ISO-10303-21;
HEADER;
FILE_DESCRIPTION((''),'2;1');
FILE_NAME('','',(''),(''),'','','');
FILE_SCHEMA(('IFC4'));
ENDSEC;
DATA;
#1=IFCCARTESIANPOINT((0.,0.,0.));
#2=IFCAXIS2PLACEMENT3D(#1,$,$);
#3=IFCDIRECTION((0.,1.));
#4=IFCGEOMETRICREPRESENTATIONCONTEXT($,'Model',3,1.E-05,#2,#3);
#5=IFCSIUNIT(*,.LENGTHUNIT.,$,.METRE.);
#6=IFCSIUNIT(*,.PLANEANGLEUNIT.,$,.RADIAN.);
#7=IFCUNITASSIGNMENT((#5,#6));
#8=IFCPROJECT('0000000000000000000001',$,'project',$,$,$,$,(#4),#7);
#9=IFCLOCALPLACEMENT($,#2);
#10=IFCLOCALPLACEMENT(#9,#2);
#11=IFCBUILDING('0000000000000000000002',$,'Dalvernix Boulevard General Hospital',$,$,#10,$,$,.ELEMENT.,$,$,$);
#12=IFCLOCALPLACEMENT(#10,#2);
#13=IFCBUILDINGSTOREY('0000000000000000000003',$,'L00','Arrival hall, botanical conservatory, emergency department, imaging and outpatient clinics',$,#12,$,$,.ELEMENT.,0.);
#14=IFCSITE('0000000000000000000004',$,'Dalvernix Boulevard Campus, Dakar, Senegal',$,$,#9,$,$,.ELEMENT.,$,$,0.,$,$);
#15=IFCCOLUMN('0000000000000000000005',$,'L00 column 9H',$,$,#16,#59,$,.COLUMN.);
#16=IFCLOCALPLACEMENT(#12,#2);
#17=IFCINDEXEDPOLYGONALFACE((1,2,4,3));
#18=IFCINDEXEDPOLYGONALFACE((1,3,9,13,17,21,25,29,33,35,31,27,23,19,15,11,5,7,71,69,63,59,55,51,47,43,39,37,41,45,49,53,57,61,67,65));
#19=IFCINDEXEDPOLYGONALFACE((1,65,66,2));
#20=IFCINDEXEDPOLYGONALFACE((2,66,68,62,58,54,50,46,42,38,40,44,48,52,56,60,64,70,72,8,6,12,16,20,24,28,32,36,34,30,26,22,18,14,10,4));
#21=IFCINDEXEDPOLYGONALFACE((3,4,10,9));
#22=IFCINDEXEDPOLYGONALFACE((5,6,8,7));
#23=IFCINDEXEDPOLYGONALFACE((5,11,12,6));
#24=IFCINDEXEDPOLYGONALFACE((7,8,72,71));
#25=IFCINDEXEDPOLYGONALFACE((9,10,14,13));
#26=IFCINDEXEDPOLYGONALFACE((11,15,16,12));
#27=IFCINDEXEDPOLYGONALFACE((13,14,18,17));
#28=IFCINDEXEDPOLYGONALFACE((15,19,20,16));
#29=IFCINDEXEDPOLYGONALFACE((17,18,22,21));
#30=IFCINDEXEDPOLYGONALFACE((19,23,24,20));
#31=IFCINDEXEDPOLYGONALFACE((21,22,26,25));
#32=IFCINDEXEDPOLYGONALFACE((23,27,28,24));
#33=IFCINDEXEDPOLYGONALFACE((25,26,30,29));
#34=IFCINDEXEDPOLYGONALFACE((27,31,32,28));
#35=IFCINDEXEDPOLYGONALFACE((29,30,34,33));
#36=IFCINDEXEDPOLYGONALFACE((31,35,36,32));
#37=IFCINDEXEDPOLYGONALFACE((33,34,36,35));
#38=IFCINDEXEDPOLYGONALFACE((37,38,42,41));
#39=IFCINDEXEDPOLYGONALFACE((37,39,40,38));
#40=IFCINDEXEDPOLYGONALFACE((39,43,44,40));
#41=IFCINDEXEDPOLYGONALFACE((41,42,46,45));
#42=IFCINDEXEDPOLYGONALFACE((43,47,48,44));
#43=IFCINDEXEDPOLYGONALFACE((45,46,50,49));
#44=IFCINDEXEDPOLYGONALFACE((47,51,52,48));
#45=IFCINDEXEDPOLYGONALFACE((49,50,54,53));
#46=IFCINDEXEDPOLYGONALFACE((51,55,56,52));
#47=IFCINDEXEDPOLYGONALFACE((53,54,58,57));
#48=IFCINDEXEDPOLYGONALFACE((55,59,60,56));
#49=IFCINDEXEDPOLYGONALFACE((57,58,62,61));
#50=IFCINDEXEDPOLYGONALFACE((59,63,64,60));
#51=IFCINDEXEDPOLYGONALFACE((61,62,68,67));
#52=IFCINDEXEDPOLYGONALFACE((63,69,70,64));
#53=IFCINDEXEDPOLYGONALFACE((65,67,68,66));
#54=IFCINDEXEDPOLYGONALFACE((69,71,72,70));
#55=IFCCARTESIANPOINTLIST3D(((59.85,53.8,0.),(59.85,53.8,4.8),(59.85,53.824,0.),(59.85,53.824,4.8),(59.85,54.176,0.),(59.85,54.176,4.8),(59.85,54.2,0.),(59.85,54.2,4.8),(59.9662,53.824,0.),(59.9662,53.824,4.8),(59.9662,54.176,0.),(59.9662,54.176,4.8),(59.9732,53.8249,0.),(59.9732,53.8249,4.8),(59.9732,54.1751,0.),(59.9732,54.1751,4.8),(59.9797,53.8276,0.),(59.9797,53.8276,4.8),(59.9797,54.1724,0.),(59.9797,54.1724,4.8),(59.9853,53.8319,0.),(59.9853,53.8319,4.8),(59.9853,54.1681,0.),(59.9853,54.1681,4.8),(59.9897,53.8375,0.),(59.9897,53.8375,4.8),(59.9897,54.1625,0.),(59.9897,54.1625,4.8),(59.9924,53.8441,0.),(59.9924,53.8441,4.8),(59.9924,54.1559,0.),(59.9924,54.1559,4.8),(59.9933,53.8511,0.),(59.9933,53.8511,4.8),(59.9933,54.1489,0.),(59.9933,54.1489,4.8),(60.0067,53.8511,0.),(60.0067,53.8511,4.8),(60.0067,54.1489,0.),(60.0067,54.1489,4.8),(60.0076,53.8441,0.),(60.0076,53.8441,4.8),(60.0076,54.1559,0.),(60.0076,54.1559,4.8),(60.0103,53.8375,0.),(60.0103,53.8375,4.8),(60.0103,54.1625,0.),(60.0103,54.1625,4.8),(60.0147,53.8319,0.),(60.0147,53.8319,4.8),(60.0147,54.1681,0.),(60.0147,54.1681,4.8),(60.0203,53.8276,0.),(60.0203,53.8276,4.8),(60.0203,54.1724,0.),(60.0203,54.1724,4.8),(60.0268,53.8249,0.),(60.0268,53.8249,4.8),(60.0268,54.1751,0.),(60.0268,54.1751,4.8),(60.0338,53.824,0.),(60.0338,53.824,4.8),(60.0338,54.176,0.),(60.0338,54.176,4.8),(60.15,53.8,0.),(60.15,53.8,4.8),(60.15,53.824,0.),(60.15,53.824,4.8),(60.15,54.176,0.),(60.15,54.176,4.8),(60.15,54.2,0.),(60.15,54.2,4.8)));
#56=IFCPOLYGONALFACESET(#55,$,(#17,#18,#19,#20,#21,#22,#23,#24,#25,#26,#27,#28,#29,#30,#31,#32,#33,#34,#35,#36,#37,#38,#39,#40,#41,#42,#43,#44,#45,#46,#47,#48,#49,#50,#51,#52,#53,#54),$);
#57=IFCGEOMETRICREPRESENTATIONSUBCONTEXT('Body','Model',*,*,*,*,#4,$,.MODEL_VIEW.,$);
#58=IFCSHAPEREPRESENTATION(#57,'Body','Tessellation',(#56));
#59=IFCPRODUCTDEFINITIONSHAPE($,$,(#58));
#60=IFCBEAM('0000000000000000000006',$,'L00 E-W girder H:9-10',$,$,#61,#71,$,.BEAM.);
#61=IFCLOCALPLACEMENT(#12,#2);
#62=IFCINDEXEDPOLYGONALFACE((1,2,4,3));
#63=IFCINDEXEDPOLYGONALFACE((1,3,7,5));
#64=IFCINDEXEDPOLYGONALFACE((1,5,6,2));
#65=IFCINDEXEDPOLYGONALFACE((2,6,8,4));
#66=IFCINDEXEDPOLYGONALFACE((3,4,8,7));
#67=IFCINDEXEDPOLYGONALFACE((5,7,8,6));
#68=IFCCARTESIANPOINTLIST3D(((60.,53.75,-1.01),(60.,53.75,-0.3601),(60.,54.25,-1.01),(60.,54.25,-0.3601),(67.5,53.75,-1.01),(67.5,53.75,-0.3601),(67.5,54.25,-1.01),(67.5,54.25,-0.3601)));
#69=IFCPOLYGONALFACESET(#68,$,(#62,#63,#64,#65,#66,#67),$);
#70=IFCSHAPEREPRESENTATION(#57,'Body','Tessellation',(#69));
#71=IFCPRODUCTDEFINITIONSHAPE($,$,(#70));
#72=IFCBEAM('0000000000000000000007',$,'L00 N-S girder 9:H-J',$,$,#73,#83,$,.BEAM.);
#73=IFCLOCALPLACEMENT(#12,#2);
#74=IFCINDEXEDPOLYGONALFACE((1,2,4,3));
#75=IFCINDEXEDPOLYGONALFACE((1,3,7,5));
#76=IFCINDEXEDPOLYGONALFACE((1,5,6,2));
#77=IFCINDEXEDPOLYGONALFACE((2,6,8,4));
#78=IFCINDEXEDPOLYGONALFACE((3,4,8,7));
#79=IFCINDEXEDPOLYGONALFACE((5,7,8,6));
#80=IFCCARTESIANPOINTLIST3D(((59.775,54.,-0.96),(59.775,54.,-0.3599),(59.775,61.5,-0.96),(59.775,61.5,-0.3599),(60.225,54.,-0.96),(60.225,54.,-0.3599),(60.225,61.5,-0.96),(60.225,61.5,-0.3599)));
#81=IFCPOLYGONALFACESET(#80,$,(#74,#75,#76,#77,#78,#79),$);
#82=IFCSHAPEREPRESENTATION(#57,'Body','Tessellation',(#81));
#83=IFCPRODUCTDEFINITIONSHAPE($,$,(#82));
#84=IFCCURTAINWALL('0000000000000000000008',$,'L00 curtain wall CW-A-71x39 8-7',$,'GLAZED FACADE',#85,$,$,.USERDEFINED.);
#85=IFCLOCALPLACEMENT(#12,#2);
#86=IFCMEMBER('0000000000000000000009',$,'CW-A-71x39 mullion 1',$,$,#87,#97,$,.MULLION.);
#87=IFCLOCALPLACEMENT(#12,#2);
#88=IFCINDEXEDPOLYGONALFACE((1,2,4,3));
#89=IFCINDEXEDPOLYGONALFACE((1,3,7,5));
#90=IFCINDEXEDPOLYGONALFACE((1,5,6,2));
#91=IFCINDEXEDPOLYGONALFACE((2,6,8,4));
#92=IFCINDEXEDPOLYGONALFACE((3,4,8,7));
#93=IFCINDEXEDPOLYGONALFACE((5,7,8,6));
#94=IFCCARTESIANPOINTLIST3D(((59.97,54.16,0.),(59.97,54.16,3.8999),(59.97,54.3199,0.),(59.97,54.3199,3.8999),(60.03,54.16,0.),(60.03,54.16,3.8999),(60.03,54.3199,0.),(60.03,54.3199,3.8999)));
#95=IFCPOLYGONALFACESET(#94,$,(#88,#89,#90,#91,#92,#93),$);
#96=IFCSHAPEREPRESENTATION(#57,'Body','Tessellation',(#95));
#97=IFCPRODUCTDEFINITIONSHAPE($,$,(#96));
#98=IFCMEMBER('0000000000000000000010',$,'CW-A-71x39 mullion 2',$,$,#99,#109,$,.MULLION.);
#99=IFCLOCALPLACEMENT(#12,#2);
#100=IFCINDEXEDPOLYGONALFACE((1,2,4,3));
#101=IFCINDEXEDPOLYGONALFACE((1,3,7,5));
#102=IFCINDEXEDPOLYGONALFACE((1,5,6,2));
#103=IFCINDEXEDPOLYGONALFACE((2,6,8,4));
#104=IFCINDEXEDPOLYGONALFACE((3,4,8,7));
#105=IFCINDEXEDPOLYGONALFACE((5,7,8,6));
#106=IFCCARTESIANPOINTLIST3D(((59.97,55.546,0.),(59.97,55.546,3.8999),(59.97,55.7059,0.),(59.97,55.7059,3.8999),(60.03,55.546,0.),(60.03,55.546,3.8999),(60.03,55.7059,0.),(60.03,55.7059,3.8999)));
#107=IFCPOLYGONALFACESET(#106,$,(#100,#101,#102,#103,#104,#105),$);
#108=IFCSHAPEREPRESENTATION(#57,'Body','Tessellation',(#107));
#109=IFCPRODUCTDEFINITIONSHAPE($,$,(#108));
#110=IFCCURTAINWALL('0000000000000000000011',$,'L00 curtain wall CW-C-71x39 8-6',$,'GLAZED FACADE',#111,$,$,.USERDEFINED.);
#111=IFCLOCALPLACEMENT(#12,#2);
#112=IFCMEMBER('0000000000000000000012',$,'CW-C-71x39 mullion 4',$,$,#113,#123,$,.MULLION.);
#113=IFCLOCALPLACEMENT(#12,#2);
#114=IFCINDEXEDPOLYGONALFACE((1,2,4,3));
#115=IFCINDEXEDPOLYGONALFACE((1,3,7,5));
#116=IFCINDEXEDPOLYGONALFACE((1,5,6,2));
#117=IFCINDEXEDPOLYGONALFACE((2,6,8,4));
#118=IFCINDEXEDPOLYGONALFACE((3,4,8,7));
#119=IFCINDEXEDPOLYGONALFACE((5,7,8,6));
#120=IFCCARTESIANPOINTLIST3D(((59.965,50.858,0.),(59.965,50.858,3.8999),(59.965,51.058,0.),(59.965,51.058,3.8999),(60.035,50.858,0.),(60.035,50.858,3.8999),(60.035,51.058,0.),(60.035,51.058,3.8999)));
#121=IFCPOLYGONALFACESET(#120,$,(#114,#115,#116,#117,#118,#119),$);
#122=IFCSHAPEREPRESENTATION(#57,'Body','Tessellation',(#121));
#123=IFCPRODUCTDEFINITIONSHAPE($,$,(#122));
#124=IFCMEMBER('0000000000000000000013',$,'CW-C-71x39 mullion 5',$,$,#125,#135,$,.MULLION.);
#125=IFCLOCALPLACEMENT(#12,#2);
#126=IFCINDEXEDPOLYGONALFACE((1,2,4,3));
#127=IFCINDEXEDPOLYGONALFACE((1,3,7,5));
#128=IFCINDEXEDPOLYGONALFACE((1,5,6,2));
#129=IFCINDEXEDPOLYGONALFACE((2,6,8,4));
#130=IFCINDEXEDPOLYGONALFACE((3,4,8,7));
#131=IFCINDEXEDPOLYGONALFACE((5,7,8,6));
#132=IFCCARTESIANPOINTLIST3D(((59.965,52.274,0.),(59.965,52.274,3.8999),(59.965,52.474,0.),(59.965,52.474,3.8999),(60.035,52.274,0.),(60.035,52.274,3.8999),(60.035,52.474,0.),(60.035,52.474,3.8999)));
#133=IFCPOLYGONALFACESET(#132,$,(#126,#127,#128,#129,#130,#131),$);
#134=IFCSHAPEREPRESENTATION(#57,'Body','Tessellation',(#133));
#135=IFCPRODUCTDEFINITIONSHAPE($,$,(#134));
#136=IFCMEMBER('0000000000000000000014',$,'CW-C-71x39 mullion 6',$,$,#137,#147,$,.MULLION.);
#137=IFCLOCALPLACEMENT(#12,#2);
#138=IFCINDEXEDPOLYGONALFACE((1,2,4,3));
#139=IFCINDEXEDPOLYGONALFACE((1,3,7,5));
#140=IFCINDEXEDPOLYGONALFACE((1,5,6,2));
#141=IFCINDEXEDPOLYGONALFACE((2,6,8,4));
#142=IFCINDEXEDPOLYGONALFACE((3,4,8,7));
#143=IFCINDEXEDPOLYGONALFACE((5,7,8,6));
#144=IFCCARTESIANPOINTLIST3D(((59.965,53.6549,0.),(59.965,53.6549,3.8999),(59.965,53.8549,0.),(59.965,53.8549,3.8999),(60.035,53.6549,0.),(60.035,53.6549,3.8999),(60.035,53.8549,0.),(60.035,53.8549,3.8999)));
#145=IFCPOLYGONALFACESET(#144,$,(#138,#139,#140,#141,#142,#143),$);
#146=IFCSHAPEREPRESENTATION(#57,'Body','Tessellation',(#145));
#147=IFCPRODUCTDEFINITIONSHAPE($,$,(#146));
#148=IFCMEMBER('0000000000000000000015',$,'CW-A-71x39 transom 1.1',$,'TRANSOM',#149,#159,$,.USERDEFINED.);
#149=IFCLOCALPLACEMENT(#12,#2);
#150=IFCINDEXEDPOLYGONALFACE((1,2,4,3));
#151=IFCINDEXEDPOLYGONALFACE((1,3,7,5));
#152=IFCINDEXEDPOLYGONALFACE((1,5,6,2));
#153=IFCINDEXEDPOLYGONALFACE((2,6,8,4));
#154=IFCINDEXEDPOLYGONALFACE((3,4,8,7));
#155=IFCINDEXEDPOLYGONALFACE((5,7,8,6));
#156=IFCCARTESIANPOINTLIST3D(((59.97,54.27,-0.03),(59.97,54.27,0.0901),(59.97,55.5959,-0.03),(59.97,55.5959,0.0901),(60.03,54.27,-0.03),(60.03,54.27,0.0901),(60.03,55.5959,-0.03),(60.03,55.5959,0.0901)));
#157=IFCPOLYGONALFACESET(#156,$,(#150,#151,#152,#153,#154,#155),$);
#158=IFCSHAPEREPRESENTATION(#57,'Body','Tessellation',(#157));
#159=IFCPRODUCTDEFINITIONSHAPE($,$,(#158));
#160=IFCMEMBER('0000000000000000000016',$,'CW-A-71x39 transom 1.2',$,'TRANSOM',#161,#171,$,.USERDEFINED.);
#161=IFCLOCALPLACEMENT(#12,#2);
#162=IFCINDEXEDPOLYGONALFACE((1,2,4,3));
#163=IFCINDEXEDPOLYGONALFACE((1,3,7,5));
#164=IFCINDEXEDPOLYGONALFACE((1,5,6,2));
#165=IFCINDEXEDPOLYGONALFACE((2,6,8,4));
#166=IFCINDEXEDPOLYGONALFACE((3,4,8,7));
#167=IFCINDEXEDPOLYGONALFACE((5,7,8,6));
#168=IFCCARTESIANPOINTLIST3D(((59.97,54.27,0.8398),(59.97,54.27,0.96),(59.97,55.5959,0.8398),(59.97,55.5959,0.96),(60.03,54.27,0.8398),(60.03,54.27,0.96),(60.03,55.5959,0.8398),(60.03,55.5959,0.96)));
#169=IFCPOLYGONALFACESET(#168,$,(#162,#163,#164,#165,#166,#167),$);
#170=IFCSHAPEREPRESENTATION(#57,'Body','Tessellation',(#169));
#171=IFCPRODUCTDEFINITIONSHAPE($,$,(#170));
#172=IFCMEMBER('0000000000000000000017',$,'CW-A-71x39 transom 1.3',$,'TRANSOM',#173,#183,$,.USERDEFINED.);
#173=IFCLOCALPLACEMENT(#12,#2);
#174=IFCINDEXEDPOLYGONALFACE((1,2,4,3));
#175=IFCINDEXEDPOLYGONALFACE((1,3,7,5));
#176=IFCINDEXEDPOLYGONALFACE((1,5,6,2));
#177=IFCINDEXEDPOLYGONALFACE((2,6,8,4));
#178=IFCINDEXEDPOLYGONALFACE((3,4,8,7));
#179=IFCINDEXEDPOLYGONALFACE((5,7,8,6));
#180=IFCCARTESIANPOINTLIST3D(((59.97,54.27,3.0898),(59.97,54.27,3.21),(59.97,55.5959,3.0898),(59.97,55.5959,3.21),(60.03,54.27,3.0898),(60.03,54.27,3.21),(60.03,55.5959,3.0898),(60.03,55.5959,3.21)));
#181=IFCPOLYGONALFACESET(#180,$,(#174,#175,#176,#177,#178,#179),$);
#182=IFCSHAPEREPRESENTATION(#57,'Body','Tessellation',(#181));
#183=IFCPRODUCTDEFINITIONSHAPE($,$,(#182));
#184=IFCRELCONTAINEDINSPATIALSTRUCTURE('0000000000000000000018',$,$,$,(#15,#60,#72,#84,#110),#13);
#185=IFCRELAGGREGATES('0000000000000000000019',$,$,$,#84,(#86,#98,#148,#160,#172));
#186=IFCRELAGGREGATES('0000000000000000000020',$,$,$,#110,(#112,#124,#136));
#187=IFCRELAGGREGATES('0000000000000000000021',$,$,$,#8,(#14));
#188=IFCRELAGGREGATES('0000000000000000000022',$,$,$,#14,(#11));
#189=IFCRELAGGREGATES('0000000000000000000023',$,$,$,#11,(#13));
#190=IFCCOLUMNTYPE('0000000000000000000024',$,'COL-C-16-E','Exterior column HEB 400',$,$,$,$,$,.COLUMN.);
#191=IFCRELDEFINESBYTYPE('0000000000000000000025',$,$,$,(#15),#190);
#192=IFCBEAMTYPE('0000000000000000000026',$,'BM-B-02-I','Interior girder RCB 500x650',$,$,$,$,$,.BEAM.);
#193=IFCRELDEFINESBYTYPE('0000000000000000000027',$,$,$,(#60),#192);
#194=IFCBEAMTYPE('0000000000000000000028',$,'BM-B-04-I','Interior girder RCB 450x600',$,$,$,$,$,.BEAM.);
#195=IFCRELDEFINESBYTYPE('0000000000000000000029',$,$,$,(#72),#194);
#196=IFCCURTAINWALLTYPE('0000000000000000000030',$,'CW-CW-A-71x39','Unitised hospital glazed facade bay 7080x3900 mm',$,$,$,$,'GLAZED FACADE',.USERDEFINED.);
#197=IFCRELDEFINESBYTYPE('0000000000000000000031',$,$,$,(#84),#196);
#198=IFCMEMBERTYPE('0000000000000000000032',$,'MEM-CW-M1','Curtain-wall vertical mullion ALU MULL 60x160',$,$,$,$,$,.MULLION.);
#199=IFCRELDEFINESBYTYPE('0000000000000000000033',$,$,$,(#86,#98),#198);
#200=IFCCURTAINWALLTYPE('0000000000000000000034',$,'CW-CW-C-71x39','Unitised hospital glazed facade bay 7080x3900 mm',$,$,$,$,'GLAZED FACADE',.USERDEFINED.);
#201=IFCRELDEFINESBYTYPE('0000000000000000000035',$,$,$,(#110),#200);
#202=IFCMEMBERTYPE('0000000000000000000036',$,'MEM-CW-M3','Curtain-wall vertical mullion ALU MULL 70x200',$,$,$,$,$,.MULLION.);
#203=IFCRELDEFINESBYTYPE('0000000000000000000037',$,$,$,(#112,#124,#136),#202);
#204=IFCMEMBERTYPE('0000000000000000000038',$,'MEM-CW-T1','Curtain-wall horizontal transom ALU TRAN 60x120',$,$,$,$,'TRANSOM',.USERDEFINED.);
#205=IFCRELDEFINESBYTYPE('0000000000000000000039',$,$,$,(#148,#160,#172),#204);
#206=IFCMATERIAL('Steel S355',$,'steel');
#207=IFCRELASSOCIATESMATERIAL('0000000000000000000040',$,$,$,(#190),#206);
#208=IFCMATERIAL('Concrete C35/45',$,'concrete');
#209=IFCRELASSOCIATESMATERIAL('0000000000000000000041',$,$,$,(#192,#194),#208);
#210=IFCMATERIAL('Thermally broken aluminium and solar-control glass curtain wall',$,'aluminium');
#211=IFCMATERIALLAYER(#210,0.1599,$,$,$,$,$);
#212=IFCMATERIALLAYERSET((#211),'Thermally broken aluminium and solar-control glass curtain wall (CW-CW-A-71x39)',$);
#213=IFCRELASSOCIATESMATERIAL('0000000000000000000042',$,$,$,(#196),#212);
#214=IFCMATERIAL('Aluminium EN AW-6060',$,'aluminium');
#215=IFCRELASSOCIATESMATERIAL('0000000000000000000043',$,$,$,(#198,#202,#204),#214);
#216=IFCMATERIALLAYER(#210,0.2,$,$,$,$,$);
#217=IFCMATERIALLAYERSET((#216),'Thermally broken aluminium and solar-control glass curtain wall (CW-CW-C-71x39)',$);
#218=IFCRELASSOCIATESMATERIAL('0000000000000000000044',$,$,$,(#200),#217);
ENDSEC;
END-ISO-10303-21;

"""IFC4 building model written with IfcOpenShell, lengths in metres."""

from ifc_helpers import new_model, si_unit, direction, frame, origin, origin_2d, place, context, subcontext, project, spatial, rectangle, i_section, extrude, material, layer, layer_set, material_profile, profile_set, type_object, element, aggregate, save


model = new_model("IFC4")

# Units and contexts
model_context = context("Model", 3, precision=1e-05, world=origin(), true_north=direction((0.0, 1.0)))
body_context = subcontext(model_context, "Body", "Model", "MODEL_VIEW")
ifc_project = project(units=[si_unit("LENGTHUNIT", "METRE"), si_unit("PLANEANGLEUNIT", "RADIAN")], contexts=[model_context])

# Site, building, storey
site_placement = place(None, origin())
site = spatial("IfcSite", under=ifc_project, at=site_placement, Name="Dalvernix Boulevard Campus, Dakar, Senegal", CompositionType="ELEMENT", RefElevation=0.0)
building_placement = place(site_placement, origin())
building = spatial("IfcBuilding", under=site, at=building_placement, Name="Dalvernix Boulevard General Hospital", CompositionType="ELEMENT")
storey_placement = place(building_placement, origin())
storey = spatial("IfcBuildingStorey", under=building, at=storey_placement, Name="L00", Description="Arrival hall, botanical conservatory, emergency department, imaging and outpatient clinics", CompositionType="ELEMENT", Elevation=0.0)

# Column
ifc_material_1 = material(Name="Steel S355", Category="steel")
ifc_material_profile_1 = material_profile(ifc_material_1, i_section(OverallWidth=0.3, OverallDepth=0.3999, WebThickness=0.0134, FlangeThickness=0.0239, FilletRadius=0.0271, at=origin_2d()), Name="HEB 400")
ifc_profile_set_1 = profile_set([ifc_material_profile_1], Name="Steel S355")
column_type = type_object("IfcColumnType", Name="COL-C-16-E", Description="Exterior column HEB 400", PredefinedType="COLUMN", material=ifc_profile_set_1)
column_placement = place(storey_placement, frame((60.0, 54.0, 0.0), z_axis=(0.0, 0.0, 1.0), x_axis=(1.0, 0.0, 0.0)))
element("IfcColumn", 1, at=column_placement, inside=storey, type_object=column_type, Name="L00 column 9H", PredefinedType="COLUMN", context=body_context, shape_type="SweptSolid", body=[
    extrude(i_section(OverallWidth=0.3, OverallDepth=0.3999, WebThickness=0.0134, FlangeThickness=0.0239, FilletRadius=0.0271, at=origin_2d()), origin(), (0.0, 0.0, 1.0), 4.8),
])

# Beams
ifc_material_2 = material(Name="Concrete C35/45", Category="concrete")
ifc_material_profile_2 = material_profile(ifc_material_2, rectangle(XDim=0.5, YDim=0.6499, at=origin_2d()), Name="RCB 500x650")
ifc_profile_set_2 = profile_set([ifc_material_profile_2], Name="Concrete C35/45")
beam_type_1 = type_object("IfcBeamType", Name="BM-B-02-I", Description="Interior girder RCB 500x650", PredefinedType="BEAM", material=ifc_profile_set_2)
beam_1_placement = place(storey_placement, frame((60.0, 54.0, -0.6851), z_axis=(1.0, 0.0, 0.0), x_axis=(0.0, 1.0, 0.0)))
element("IfcBeam", 2, at=beam_1_placement, inside=storey, type_object=beam_type_1, Name="L00 E-W girder H:9-10", PredefinedType="BEAM", context=body_context, shape_type="SweptSolid", body=[
    extrude(rectangle(XDim=0.5, YDim=0.6499, at=origin_2d()), origin(), (0.0, 0.0, 1.0), 7.5),
])
ifc_material_profile_3 = material_profile(ifc_material_2, rectangle(XDim=0.45, YDim=0.6001, at=origin_2d()), Name="RCB 450x600")
ifc_profile_set_3 = profile_set([ifc_material_profile_3], Name="Concrete C35/45")
beam_type_2 = type_object("IfcBeamType", Name="BM-B-04-I", Description="Interior girder RCB 450x600", PredefinedType="BEAM", material=ifc_profile_set_3)
beam_2_placement = place(storey_placement, frame((60.0, 54.0, -0.6599), z_axis=(0.0, 1.0, 0.0), x_axis=(-1.0, 0.0, 0.0)))
element("IfcBeam", 3, at=beam_2_placement, inside=storey, type_object=beam_type_2, Name="L00 N-S girder 9:H-J", PredefinedType="BEAM", context=body_context, shape_type="SweptSolid", body=[
    extrude(rectangle(XDim=0.45, YDim=0.6001, at=origin_2d()), origin(), (0.0, 0.0, 1.0), 7.5),
])

# Curtain walls, members
ifc_material_3 = material(Name="Thermally broken aluminium and solar-control glass curtain wall", Category="aluminium")
ifc_layer_1 = layer(ifc_material_3, 0.1599)
ifc_layer_set_1 = layer_set([ifc_layer_1], Name="Thermally broken aluminium and solar-control glass curtain wall (CW-CW-A-71x39)")
curtain_wall_type_1 = type_object("IfcCurtainWallType", Name="CW-CW-A-71x39", Description="Unitised hospital glazed facade bay 7080x3900 mm", ElementType="GLAZED FACADE", PredefinedType="USERDEFINED", material=ifc_layer_set_1)
curtain_wall_1_placement = place(storey_placement, origin())
curtain_wall_1 = element("IfcCurtainWall", 4, at=curtain_wall_1_placement, inside=storey, type_object=curtain_wall_type_1, Name="L00 curtain wall CW-A-71x39 8-7", ObjectType="GLAZED FACADE", PredefinedType="USERDEFINED")
ifc_material_4 = material(Name="Aluminium EN AW-6060", Category="aluminium")
ifc_material_profile_4 = material_profile(ifc_material_4, rectangle(XDim=0.0601, YDim=0.1599, at=origin_2d()), Name="ALU MULL 60x160")
ifc_profile_set_4 = profile_set([ifc_material_profile_4], Name="Aluminium EN AW-6060")
member_type_1 = type_object("IfcMemberType", Name="MEM-CW-M1", Description="Curtain-wall vertical mullion ALU MULL 60x160", PredefinedType="MULLION", material=ifc_profile_set_4)
member_1_placement = place(storey_placement, frame((60.0, 54.24, 0.0), z_axis=(0.0, 0.0, 1.0), x_axis=(-1.0, 0.0, 0.0)))
member_1 = element("IfcMember", 5, at=member_1_placement, type_object=member_type_1, Name="CW-A-71x39 mullion 1", PredefinedType="MULLION", context=body_context, shape_type="SweptSolid", body=[
    extrude(rectangle(XDim=0.0601, YDim=0.1599, at=origin_2d()), origin(), (0.0, 0.0, 1.0), 3.8999),
])
member_2_placement = place(storey_placement, frame((60.0, 55.626, 0.0), z_axis=(0.0, 0.0, 1.0), x_axis=(-1.0, 0.0, 0.0)))
member_2 = element("IfcMember", 6, at=member_2_placement, type_object=member_type_1, Name="CW-A-71x39 mullion 2", PredefinedType="MULLION", context=body_context, shape_type="SweptSolid", body=[
    extrude(rectangle(XDim=0.0601, YDim=0.1599, at=origin_2d()), origin(), (0.0, 0.0, 1.0), 3.8999),
])
ifc_layer_2 = layer(ifc_material_3, 0.2)
ifc_layer_set_2 = layer_set([ifc_layer_2], Name="Thermally broken aluminium and solar-control glass curtain wall (CW-CW-C-71x39)")
curtain_wall_type_2 = type_object("IfcCurtainWallType", Name="CW-CW-C-71x39", Description="Unitised hospital glazed facade bay 7080x3900 mm", ElementType="GLAZED FACADE", PredefinedType="USERDEFINED", material=ifc_layer_set_2)
curtain_wall_2_placement = place(storey_placement, origin())
curtain_wall_2 = element("IfcCurtainWall", 7, at=curtain_wall_2_placement, inside=storey, type_object=curtain_wall_type_2, Name="L00 curtain wall CW-C-71x39 8-6", ObjectType="GLAZED FACADE", PredefinedType="USERDEFINED")
ifc_material_profile_5 = material_profile(ifc_material_4, rectangle(XDim=0.0701, YDim=0.2, at=origin_2d()), Name="ALU MULL 70x200")
ifc_profile_set_5 = profile_set([ifc_material_profile_5], Name="Aluminium EN AW-6060")
member_type_2 = type_object("IfcMemberType", Name="MEM-CW-M3", Description="Curtain-wall vertical mullion ALU MULL 70x200", PredefinedType="MULLION", material=ifc_profile_set_5)
member_3_placement = place(storey_placement, frame((60.0, 50.958, 0.0), z_axis=(0.0, 0.0, 1.0), x_axis=(-1.0, 0.0, 0.0)))
member_3 = element("IfcMember", 8, at=member_3_placement, type_object=member_type_2, Name="CW-C-71x39 mullion 4", PredefinedType="MULLION", context=body_context, shape_type="SweptSolid", body=[
    extrude(rectangle(XDim=0.0701, YDim=0.2, at=origin_2d()), origin(), (0.0, 0.0, 1.0), 3.8999),
])
member_4_placement = place(storey_placement, frame((60.0, 52.374, 0.0), z_axis=(0.0, 0.0, 1.0), x_axis=(-1.0, 0.0, 0.0)))
member_4 = element("IfcMember", 9, at=member_4_placement, type_object=member_type_2, Name="CW-C-71x39 mullion 5", PredefinedType="MULLION", context=body_context, shape_type="SweptSolid", body=[
    extrude(rectangle(XDim=0.0701, YDim=0.2, at=origin_2d()), origin(), (0.0, 0.0, 1.0), 3.8999),
])
member_5_placement = place(storey_placement, frame((60.0, 53.7549, 0.0), z_axis=(0.0, 0.0, 1.0), x_axis=(-1.0, 0.0, 0.0)))
member_5 = element("IfcMember", 10, at=member_5_placement, type_object=member_type_2, Name="CW-C-71x39 mullion 6", PredefinedType="MULLION", context=body_context, shape_type="SweptSolid", body=[
    extrude(rectangle(XDim=0.0701, YDim=0.2, at=origin_2d()), origin(), (0.0, 0.0, 1.0), 3.8999),
])

# Members
ifc_material_profile_6 = material_profile(ifc_material_4, rectangle(XDim=0.0601, YDim=0.1201, at=origin_2d()), Name="ALU TRAN 60x120")
ifc_profile_set_6 = profile_set([ifc_material_profile_6], Name="Aluminium EN AW-6060")
member_type_3 = type_object("IfcMemberType", Name="MEM-CW-T1", Description="Curtain-wall horizontal transom ALU TRAN 60x120", ElementType="TRANSOM", PredefinedType="USERDEFINED", material=ifc_profile_set_6)
member_6_placement = place(storey_placement, frame((60.0, 54.27, 0.03), z_axis=(0.0, 1.0, 0.0), x_axis=(-1.0, 0.0, 0.0)))
member_6 = element("IfcMember", 11, at=member_6_placement, type_object=member_type_3, Name="CW-A-71x39 transom 1.1", ObjectType="TRANSOM", PredefinedType="USERDEFINED", context=body_context, shape_type="SweptSolid", body=[
    extrude(rectangle(XDim=0.0601, YDim=0.1201, at=origin_2d()), origin(), (0.0, 0.0, 1.0), 1.3259),
])
member_7_placement = place(storey_placement, frame((60.0, 54.27, 0.8999), z_axis=(0.0, 1.0, 0.0), x_axis=(-1.0, 0.0, 0.0)))
member_7 = element("IfcMember", 12, at=member_7_placement, type_object=member_type_3, Name="CW-A-71x39 transom 1.2", ObjectType="TRANSOM", PredefinedType="USERDEFINED", context=body_context, shape_type="SweptSolid", body=[
    extrude(rectangle(XDim=0.0601, YDim=0.1201, at=origin_2d()), origin(), (0.0, 0.0, 1.0), 1.3259),
])
member_8_placement = place(storey_placement, frame((60.0, 54.27, 3.1499), z_axis=(0.0, 1.0, 0.0), x_axis=(-1.0, 0.0, 0.0)))
member_8 = element("IfcMember", 13, at=member_8_placement, type_object=member_type_3, Name="CW-A-71x39 transom 1.3", ObjectType="TRANSOM", PredefinedType="USERDEFINED", context=body_context, shape_type="SweptSolid", body=[
    extrude(rectangle(XDim=0.0601, YDim=0.1201, at=origin_2d()), origin(), (0.0, 0.0, 1.0), 1.3259),
])

aggregate(curtain_wall_1, [member_1, member_2, member_6, member_7, member_8])
aggregate(curtain_wall_2, [member_3, member_4, member_5])

save(model, "model.ifc")
